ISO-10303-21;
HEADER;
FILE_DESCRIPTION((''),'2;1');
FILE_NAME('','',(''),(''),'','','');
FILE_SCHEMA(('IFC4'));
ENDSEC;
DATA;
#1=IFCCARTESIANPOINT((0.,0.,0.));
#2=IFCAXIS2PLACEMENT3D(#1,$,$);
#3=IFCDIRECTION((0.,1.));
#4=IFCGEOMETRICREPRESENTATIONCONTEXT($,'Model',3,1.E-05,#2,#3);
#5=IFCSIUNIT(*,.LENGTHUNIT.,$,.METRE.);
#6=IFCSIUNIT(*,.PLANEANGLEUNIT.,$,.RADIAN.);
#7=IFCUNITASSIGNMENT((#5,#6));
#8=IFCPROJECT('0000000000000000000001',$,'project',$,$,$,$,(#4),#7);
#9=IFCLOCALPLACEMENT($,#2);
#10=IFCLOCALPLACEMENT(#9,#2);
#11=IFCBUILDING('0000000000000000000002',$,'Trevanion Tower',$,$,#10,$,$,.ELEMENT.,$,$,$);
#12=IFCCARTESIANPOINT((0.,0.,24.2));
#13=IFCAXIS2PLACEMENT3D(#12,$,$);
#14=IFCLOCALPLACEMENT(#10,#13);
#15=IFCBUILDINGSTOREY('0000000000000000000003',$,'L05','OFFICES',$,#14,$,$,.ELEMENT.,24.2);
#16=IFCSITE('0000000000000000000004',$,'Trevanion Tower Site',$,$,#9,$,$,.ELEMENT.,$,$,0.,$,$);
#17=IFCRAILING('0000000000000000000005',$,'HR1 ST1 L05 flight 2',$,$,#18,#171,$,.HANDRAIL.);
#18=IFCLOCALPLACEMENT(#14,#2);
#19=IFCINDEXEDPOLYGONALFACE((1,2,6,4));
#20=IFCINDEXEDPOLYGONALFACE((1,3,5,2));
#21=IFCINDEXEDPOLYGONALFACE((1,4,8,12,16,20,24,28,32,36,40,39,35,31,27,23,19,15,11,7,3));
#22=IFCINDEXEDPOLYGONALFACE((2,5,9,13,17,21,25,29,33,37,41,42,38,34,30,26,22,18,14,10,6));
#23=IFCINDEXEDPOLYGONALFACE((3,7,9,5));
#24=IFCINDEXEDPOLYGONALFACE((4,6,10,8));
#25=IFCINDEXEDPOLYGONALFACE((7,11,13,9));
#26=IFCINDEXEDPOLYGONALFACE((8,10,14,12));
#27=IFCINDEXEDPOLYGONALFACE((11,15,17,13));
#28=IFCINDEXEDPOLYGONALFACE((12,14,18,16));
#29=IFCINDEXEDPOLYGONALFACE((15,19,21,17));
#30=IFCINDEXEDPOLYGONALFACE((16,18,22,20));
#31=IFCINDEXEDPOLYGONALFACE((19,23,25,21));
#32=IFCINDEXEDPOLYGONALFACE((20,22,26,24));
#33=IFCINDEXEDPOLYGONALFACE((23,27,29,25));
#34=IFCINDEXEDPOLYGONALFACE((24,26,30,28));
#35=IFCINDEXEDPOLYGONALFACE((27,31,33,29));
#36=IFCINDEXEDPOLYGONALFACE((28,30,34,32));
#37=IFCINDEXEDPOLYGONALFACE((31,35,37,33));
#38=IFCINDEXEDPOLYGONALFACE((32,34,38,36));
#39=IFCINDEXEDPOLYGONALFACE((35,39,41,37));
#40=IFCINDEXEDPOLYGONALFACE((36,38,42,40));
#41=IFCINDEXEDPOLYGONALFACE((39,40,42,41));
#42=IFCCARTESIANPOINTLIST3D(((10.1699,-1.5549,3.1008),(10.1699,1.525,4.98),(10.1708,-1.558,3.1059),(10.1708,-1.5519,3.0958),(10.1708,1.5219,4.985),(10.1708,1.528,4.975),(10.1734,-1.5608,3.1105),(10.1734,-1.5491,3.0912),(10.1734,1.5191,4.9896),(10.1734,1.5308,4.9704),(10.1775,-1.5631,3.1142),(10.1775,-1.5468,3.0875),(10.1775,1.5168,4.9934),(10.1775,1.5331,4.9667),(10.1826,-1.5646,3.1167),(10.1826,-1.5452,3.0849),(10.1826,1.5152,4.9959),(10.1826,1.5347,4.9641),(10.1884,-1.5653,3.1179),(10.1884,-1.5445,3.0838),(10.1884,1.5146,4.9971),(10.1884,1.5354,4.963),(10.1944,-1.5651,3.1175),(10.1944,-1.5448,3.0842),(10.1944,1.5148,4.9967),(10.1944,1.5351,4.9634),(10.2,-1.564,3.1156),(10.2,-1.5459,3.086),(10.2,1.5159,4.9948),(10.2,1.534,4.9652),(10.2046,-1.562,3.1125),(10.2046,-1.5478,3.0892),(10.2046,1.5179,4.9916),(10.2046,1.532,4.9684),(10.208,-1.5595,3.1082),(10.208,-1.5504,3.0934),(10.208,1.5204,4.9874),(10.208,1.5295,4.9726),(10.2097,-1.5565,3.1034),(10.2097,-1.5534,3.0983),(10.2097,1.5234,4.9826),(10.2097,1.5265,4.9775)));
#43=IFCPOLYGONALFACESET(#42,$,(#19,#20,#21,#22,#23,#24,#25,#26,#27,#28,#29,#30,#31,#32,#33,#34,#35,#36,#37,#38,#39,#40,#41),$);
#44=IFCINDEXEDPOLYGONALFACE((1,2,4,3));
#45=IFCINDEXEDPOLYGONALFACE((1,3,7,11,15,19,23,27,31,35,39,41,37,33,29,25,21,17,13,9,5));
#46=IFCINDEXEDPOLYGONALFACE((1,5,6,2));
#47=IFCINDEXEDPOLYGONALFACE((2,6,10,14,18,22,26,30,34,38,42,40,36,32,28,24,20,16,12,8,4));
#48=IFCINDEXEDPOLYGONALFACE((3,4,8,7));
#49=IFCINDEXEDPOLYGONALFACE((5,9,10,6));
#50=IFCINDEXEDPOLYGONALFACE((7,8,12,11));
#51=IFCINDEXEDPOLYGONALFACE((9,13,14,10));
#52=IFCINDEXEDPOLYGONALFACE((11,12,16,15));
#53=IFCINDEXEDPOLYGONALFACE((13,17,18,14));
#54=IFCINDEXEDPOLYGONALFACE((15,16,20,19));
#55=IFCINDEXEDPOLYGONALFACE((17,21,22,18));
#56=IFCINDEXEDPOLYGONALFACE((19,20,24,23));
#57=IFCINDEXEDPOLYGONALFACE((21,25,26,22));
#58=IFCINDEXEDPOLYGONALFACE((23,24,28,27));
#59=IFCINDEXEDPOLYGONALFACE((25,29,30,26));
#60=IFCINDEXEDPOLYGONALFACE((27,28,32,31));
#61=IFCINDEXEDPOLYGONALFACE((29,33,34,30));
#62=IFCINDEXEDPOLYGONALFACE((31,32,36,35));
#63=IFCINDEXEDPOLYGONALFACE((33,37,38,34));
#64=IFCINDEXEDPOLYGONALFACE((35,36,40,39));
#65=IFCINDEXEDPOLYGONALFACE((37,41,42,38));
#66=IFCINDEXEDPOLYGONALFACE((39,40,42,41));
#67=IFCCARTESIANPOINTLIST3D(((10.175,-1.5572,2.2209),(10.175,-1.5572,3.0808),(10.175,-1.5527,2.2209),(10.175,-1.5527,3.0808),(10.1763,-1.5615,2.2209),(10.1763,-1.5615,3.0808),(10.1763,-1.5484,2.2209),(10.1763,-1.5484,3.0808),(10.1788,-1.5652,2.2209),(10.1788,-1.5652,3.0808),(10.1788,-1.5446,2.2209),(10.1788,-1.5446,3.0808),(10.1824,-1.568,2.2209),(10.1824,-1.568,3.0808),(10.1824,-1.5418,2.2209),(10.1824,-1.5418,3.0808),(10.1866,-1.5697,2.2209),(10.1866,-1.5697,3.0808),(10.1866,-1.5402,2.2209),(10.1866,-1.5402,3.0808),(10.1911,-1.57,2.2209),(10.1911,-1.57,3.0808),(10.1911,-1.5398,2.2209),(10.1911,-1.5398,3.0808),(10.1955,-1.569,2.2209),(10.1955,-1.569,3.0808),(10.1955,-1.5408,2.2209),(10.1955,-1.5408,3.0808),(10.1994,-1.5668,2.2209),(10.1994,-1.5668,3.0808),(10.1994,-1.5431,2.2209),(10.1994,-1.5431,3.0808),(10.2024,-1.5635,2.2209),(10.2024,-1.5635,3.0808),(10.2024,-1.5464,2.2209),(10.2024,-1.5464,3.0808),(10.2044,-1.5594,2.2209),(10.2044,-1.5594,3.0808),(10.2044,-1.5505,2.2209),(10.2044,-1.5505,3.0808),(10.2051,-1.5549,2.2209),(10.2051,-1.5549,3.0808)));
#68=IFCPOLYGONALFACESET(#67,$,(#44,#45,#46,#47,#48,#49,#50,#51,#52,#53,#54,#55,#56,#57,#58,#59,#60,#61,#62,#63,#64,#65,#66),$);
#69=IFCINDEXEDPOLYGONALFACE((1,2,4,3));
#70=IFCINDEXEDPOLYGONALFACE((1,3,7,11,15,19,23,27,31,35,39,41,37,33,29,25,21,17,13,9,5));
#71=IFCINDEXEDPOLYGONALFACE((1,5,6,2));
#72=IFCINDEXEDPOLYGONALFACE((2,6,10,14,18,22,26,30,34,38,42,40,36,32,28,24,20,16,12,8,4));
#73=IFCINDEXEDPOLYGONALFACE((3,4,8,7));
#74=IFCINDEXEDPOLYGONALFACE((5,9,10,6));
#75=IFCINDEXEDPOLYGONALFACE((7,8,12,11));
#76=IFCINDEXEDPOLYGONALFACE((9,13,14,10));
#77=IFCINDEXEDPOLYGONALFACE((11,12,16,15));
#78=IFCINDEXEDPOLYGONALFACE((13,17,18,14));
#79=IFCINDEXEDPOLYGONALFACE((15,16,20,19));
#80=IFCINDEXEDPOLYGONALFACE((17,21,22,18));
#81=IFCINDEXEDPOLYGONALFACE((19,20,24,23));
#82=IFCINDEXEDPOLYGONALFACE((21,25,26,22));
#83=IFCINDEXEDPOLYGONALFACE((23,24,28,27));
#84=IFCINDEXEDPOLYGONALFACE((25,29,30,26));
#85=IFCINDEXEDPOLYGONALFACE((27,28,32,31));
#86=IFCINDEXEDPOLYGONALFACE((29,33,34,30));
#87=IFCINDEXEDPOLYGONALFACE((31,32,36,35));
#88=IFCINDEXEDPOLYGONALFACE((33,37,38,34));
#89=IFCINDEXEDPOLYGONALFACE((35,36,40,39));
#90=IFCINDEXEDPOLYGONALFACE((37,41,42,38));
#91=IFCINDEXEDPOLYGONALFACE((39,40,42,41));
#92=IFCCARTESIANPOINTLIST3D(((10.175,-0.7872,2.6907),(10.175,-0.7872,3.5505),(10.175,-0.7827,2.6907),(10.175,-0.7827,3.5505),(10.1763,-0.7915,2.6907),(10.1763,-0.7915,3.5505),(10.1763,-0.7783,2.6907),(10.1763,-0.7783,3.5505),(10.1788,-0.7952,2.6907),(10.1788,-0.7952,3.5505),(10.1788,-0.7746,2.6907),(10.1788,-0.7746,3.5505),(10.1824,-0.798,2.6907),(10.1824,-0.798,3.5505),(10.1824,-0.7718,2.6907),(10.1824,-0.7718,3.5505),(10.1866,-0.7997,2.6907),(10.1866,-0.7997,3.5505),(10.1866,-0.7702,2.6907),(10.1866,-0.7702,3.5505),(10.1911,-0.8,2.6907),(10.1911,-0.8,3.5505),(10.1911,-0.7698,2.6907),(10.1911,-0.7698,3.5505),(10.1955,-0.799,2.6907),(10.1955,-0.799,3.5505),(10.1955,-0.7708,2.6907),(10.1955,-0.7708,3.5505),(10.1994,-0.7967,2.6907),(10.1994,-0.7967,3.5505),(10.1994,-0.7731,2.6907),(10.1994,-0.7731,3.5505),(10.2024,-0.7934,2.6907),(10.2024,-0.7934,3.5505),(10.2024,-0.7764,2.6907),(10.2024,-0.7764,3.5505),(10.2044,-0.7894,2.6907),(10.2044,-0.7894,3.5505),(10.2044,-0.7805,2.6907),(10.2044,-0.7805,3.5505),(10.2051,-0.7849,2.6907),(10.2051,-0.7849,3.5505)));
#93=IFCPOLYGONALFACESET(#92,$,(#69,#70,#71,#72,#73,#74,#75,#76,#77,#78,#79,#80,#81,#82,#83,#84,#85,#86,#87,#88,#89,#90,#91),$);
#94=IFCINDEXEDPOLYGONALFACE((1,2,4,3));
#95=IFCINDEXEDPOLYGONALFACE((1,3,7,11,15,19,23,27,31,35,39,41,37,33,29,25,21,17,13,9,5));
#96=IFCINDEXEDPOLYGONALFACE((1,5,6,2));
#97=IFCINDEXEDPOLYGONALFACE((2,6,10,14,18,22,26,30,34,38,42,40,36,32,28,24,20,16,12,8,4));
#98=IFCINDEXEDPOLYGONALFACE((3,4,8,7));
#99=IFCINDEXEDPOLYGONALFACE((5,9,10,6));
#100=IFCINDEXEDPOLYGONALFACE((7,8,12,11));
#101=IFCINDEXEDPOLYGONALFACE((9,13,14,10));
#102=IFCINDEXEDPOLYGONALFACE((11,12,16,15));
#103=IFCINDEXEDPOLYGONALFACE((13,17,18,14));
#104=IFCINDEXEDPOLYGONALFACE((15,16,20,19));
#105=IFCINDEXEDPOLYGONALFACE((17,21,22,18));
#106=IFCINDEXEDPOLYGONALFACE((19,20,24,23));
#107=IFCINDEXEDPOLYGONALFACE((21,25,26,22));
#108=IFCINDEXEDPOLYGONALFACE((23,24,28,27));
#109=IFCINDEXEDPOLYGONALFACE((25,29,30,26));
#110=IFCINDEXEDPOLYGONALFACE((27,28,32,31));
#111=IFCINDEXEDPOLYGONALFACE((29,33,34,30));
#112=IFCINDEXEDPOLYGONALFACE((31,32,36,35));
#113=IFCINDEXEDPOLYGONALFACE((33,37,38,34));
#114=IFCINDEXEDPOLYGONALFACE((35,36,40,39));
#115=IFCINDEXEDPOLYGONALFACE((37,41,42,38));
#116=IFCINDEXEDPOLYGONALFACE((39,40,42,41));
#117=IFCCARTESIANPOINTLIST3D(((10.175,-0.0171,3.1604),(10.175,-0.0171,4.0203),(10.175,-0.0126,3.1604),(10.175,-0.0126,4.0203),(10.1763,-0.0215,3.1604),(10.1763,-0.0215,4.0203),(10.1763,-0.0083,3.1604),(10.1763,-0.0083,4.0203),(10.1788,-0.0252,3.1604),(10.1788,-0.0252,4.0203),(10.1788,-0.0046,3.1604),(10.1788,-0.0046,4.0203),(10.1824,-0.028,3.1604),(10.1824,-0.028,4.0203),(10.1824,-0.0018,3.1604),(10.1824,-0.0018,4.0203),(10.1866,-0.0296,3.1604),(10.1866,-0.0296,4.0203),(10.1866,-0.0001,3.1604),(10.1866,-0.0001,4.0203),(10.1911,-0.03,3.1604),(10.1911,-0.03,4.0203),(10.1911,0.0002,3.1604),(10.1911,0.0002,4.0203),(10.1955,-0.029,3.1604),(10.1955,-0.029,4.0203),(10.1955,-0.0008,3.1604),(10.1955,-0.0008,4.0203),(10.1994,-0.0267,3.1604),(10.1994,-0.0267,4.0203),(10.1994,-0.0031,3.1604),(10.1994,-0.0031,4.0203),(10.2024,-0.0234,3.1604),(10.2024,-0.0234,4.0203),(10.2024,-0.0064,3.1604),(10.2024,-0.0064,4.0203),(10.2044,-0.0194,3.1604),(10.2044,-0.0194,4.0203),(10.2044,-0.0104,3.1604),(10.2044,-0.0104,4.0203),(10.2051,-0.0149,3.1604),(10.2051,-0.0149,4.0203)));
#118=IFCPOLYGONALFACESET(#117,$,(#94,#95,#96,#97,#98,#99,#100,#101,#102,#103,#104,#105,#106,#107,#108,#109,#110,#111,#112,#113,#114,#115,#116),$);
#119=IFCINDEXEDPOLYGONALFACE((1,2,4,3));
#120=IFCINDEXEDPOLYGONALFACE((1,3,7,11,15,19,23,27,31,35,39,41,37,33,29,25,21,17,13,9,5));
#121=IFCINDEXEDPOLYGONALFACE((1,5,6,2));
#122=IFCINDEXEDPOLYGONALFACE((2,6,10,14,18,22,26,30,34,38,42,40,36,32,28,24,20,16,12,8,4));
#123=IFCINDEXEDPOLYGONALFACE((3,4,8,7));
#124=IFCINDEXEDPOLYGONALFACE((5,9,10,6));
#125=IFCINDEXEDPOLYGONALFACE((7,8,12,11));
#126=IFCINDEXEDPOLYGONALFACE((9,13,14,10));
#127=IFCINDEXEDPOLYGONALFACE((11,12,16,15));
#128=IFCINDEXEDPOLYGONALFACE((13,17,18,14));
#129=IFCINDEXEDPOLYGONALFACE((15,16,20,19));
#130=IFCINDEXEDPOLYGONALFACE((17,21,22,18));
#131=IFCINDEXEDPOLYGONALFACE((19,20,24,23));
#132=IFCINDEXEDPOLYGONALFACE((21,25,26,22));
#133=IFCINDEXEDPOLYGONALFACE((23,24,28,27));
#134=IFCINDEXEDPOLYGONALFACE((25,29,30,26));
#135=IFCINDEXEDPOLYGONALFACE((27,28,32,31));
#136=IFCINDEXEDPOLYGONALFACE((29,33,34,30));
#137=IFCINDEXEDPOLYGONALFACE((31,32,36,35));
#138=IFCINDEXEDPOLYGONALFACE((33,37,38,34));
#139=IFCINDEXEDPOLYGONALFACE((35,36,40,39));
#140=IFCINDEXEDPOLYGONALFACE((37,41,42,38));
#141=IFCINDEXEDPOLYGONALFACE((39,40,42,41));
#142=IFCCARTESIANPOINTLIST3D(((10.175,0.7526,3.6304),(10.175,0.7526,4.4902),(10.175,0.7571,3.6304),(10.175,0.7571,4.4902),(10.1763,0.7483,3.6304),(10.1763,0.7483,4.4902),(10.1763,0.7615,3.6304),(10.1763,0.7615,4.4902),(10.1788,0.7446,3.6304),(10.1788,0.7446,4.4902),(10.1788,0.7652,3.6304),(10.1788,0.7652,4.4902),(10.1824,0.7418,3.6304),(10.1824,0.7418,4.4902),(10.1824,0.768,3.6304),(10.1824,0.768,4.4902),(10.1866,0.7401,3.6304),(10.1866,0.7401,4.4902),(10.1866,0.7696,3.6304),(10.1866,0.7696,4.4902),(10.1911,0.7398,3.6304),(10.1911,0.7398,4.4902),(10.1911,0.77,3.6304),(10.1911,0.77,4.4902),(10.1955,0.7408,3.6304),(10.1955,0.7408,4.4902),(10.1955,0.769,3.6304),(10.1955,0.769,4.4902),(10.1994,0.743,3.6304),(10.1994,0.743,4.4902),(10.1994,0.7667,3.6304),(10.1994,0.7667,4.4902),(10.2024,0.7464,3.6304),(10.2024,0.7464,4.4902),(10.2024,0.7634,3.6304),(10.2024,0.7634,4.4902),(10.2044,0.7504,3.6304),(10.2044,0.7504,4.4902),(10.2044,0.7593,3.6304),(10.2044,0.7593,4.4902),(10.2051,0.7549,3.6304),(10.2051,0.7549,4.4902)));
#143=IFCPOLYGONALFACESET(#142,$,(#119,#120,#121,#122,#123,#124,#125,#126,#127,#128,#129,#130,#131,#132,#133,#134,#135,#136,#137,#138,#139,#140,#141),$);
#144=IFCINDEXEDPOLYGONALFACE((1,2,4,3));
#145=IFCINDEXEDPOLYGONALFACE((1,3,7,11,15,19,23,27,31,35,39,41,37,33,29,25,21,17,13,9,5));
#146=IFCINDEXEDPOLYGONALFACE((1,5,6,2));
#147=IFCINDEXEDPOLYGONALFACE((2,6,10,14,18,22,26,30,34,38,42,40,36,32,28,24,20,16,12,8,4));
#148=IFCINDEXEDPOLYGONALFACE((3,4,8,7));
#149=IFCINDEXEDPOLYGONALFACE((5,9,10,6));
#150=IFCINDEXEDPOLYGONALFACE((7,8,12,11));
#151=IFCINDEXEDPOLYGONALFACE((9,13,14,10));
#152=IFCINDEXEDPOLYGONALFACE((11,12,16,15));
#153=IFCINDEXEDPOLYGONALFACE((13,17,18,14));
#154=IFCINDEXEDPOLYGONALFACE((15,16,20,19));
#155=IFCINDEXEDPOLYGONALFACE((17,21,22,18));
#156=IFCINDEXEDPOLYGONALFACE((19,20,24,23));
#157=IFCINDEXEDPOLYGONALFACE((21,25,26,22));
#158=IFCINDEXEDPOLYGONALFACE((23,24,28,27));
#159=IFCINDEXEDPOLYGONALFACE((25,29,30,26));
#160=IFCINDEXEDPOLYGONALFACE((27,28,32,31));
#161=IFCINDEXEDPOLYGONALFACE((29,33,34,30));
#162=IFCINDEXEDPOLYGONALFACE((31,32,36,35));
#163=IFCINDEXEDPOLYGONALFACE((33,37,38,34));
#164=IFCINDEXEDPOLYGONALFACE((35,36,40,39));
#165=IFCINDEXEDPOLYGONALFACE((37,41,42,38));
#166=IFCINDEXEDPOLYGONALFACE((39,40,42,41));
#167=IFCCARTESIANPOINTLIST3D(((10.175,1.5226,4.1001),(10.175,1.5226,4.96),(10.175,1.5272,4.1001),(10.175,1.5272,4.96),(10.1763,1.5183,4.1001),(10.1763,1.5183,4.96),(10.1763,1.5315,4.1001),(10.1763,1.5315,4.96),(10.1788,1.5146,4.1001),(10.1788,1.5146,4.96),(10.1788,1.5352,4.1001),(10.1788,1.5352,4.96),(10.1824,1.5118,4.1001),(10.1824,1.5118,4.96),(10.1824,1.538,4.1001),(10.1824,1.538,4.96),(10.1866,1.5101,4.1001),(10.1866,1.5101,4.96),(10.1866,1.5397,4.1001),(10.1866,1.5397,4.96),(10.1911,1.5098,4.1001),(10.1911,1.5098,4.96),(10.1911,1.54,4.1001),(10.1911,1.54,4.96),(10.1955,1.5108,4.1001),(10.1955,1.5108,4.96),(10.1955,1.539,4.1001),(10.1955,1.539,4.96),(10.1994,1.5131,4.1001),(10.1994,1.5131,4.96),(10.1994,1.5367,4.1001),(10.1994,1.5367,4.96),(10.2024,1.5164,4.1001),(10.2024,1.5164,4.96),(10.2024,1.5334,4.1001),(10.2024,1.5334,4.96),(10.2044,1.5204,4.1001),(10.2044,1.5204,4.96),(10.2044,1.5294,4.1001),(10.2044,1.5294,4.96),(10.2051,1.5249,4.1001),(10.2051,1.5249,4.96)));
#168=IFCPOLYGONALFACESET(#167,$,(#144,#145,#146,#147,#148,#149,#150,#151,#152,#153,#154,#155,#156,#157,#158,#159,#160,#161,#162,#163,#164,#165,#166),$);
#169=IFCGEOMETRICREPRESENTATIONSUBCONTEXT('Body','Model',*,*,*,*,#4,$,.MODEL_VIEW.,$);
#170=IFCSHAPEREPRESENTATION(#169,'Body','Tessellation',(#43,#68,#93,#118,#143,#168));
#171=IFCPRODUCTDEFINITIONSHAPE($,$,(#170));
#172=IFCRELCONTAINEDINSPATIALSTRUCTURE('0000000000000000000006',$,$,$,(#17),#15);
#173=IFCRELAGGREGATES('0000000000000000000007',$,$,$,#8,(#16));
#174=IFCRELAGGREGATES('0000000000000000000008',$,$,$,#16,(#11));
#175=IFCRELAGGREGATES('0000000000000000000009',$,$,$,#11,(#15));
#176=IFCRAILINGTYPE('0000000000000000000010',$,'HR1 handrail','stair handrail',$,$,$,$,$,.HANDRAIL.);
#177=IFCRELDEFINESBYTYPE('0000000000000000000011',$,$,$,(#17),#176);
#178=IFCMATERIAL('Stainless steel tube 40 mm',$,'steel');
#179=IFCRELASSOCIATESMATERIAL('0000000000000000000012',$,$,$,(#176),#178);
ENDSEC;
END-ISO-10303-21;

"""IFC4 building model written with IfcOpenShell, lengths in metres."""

from ifc_helpers import new_model, si_unit, direction, frame, origin, origin_2d, place, context, subcontext, project, spatial, circle, extrude, material, type_object, element, save


model = new_model("IFC4")

# Units and contexts
model_context = context("Model", 3, precision=1e-05, world=origin(), true_north=direction((0.0, 1.0)))
body_context = subcontext(model_context, "Body", "Model", "MODEL_VIEW")
ifc_project = project(units=[si_unit("LENGTHUNIT", "METRE"), si_unit("PLANEANGLEUNIT", "RADIAN")], contexts=[model_context])

# Site, building, storey
site_placement = place(None, origin())
site = spatial("IfcSite", under=ifc_project, at=site_placement, Name="Trevanion Tower Site", CompositionType="ELEMENT", RefElevation=0.0)
building_placement = place(site_placement, origin())
building = spatial("IfcBuilding", under=site, at=building_placement, Name="Trevanion Tower", CompositionType="ELEMENT")
storey_placement = place(building_placement, frame((0.0, 0.0, 24.2)))
storey = spatial("IfcBuildingStorey", under=building, at=storey_placement, Name="L05", Description="OFFICES", CompositionType="ELEMENT", Elevation=24.2)

# Railing
ifc_material_1 = material(Name="Stainless steel tube 40 mm", Category="steel")
railing_type = type_object("IfcRailingType", Name="HR1 handrail", Description="stair handrail", PredefinedType="HANDRAIL", material=ifc_material_1)
for number, where, name in (
    (1, (10.1899, -1.5549, 2.2209), "HR1 ST1 L05 flight 2"),
):
    element("IfcRailing", number, at=place(storey_placement, frame(where)), inside=storey, type_object=railing_type, Name=name, PredefinedType="HANDRAIL", context=body_context, shape_type="SweptSolid", body=[
        extrude(circle(Radius=0.02, at=origin_2d()), frame((0.0, 0.0, 0.8799), z_axis=(0.0, 0.853648, 0.52085), x_axis=(-1.0, 0.0, 0.0)), (0.0, 0.0, 1.0), 3.6079),
        extrude(circle(Radius=0.0151, at=origin_2d()), origin(), (0.0, 0.0, 1.0), 0.8599),
        extrude(circle(Radius=0.0151, at=origin_2d()), frame((0.0, 0.77, 0.4697)), (0.0, 0.0, 1.0), 0.8599),
        extrude(circle(Radius=0.0151, at=origin_2d()), frame((0.0, 1.54, 0.9395)), (0.0, 0.0, 1.0), 0.8599),
        extrude(circle(Radius=0.0151, at=origin_2d()), frame((0.0, 2.3098, 1.4094)), (0.0, 0.0, 1.0), 0.8599),
        extrude(circle(Radius=0.0151, at=origin_2d()), frame((0.0, 3.0798, 1.8792)), (0.0, 0.0, 1.0), 0.8599),
    ])

save(model, "model.ifc")
